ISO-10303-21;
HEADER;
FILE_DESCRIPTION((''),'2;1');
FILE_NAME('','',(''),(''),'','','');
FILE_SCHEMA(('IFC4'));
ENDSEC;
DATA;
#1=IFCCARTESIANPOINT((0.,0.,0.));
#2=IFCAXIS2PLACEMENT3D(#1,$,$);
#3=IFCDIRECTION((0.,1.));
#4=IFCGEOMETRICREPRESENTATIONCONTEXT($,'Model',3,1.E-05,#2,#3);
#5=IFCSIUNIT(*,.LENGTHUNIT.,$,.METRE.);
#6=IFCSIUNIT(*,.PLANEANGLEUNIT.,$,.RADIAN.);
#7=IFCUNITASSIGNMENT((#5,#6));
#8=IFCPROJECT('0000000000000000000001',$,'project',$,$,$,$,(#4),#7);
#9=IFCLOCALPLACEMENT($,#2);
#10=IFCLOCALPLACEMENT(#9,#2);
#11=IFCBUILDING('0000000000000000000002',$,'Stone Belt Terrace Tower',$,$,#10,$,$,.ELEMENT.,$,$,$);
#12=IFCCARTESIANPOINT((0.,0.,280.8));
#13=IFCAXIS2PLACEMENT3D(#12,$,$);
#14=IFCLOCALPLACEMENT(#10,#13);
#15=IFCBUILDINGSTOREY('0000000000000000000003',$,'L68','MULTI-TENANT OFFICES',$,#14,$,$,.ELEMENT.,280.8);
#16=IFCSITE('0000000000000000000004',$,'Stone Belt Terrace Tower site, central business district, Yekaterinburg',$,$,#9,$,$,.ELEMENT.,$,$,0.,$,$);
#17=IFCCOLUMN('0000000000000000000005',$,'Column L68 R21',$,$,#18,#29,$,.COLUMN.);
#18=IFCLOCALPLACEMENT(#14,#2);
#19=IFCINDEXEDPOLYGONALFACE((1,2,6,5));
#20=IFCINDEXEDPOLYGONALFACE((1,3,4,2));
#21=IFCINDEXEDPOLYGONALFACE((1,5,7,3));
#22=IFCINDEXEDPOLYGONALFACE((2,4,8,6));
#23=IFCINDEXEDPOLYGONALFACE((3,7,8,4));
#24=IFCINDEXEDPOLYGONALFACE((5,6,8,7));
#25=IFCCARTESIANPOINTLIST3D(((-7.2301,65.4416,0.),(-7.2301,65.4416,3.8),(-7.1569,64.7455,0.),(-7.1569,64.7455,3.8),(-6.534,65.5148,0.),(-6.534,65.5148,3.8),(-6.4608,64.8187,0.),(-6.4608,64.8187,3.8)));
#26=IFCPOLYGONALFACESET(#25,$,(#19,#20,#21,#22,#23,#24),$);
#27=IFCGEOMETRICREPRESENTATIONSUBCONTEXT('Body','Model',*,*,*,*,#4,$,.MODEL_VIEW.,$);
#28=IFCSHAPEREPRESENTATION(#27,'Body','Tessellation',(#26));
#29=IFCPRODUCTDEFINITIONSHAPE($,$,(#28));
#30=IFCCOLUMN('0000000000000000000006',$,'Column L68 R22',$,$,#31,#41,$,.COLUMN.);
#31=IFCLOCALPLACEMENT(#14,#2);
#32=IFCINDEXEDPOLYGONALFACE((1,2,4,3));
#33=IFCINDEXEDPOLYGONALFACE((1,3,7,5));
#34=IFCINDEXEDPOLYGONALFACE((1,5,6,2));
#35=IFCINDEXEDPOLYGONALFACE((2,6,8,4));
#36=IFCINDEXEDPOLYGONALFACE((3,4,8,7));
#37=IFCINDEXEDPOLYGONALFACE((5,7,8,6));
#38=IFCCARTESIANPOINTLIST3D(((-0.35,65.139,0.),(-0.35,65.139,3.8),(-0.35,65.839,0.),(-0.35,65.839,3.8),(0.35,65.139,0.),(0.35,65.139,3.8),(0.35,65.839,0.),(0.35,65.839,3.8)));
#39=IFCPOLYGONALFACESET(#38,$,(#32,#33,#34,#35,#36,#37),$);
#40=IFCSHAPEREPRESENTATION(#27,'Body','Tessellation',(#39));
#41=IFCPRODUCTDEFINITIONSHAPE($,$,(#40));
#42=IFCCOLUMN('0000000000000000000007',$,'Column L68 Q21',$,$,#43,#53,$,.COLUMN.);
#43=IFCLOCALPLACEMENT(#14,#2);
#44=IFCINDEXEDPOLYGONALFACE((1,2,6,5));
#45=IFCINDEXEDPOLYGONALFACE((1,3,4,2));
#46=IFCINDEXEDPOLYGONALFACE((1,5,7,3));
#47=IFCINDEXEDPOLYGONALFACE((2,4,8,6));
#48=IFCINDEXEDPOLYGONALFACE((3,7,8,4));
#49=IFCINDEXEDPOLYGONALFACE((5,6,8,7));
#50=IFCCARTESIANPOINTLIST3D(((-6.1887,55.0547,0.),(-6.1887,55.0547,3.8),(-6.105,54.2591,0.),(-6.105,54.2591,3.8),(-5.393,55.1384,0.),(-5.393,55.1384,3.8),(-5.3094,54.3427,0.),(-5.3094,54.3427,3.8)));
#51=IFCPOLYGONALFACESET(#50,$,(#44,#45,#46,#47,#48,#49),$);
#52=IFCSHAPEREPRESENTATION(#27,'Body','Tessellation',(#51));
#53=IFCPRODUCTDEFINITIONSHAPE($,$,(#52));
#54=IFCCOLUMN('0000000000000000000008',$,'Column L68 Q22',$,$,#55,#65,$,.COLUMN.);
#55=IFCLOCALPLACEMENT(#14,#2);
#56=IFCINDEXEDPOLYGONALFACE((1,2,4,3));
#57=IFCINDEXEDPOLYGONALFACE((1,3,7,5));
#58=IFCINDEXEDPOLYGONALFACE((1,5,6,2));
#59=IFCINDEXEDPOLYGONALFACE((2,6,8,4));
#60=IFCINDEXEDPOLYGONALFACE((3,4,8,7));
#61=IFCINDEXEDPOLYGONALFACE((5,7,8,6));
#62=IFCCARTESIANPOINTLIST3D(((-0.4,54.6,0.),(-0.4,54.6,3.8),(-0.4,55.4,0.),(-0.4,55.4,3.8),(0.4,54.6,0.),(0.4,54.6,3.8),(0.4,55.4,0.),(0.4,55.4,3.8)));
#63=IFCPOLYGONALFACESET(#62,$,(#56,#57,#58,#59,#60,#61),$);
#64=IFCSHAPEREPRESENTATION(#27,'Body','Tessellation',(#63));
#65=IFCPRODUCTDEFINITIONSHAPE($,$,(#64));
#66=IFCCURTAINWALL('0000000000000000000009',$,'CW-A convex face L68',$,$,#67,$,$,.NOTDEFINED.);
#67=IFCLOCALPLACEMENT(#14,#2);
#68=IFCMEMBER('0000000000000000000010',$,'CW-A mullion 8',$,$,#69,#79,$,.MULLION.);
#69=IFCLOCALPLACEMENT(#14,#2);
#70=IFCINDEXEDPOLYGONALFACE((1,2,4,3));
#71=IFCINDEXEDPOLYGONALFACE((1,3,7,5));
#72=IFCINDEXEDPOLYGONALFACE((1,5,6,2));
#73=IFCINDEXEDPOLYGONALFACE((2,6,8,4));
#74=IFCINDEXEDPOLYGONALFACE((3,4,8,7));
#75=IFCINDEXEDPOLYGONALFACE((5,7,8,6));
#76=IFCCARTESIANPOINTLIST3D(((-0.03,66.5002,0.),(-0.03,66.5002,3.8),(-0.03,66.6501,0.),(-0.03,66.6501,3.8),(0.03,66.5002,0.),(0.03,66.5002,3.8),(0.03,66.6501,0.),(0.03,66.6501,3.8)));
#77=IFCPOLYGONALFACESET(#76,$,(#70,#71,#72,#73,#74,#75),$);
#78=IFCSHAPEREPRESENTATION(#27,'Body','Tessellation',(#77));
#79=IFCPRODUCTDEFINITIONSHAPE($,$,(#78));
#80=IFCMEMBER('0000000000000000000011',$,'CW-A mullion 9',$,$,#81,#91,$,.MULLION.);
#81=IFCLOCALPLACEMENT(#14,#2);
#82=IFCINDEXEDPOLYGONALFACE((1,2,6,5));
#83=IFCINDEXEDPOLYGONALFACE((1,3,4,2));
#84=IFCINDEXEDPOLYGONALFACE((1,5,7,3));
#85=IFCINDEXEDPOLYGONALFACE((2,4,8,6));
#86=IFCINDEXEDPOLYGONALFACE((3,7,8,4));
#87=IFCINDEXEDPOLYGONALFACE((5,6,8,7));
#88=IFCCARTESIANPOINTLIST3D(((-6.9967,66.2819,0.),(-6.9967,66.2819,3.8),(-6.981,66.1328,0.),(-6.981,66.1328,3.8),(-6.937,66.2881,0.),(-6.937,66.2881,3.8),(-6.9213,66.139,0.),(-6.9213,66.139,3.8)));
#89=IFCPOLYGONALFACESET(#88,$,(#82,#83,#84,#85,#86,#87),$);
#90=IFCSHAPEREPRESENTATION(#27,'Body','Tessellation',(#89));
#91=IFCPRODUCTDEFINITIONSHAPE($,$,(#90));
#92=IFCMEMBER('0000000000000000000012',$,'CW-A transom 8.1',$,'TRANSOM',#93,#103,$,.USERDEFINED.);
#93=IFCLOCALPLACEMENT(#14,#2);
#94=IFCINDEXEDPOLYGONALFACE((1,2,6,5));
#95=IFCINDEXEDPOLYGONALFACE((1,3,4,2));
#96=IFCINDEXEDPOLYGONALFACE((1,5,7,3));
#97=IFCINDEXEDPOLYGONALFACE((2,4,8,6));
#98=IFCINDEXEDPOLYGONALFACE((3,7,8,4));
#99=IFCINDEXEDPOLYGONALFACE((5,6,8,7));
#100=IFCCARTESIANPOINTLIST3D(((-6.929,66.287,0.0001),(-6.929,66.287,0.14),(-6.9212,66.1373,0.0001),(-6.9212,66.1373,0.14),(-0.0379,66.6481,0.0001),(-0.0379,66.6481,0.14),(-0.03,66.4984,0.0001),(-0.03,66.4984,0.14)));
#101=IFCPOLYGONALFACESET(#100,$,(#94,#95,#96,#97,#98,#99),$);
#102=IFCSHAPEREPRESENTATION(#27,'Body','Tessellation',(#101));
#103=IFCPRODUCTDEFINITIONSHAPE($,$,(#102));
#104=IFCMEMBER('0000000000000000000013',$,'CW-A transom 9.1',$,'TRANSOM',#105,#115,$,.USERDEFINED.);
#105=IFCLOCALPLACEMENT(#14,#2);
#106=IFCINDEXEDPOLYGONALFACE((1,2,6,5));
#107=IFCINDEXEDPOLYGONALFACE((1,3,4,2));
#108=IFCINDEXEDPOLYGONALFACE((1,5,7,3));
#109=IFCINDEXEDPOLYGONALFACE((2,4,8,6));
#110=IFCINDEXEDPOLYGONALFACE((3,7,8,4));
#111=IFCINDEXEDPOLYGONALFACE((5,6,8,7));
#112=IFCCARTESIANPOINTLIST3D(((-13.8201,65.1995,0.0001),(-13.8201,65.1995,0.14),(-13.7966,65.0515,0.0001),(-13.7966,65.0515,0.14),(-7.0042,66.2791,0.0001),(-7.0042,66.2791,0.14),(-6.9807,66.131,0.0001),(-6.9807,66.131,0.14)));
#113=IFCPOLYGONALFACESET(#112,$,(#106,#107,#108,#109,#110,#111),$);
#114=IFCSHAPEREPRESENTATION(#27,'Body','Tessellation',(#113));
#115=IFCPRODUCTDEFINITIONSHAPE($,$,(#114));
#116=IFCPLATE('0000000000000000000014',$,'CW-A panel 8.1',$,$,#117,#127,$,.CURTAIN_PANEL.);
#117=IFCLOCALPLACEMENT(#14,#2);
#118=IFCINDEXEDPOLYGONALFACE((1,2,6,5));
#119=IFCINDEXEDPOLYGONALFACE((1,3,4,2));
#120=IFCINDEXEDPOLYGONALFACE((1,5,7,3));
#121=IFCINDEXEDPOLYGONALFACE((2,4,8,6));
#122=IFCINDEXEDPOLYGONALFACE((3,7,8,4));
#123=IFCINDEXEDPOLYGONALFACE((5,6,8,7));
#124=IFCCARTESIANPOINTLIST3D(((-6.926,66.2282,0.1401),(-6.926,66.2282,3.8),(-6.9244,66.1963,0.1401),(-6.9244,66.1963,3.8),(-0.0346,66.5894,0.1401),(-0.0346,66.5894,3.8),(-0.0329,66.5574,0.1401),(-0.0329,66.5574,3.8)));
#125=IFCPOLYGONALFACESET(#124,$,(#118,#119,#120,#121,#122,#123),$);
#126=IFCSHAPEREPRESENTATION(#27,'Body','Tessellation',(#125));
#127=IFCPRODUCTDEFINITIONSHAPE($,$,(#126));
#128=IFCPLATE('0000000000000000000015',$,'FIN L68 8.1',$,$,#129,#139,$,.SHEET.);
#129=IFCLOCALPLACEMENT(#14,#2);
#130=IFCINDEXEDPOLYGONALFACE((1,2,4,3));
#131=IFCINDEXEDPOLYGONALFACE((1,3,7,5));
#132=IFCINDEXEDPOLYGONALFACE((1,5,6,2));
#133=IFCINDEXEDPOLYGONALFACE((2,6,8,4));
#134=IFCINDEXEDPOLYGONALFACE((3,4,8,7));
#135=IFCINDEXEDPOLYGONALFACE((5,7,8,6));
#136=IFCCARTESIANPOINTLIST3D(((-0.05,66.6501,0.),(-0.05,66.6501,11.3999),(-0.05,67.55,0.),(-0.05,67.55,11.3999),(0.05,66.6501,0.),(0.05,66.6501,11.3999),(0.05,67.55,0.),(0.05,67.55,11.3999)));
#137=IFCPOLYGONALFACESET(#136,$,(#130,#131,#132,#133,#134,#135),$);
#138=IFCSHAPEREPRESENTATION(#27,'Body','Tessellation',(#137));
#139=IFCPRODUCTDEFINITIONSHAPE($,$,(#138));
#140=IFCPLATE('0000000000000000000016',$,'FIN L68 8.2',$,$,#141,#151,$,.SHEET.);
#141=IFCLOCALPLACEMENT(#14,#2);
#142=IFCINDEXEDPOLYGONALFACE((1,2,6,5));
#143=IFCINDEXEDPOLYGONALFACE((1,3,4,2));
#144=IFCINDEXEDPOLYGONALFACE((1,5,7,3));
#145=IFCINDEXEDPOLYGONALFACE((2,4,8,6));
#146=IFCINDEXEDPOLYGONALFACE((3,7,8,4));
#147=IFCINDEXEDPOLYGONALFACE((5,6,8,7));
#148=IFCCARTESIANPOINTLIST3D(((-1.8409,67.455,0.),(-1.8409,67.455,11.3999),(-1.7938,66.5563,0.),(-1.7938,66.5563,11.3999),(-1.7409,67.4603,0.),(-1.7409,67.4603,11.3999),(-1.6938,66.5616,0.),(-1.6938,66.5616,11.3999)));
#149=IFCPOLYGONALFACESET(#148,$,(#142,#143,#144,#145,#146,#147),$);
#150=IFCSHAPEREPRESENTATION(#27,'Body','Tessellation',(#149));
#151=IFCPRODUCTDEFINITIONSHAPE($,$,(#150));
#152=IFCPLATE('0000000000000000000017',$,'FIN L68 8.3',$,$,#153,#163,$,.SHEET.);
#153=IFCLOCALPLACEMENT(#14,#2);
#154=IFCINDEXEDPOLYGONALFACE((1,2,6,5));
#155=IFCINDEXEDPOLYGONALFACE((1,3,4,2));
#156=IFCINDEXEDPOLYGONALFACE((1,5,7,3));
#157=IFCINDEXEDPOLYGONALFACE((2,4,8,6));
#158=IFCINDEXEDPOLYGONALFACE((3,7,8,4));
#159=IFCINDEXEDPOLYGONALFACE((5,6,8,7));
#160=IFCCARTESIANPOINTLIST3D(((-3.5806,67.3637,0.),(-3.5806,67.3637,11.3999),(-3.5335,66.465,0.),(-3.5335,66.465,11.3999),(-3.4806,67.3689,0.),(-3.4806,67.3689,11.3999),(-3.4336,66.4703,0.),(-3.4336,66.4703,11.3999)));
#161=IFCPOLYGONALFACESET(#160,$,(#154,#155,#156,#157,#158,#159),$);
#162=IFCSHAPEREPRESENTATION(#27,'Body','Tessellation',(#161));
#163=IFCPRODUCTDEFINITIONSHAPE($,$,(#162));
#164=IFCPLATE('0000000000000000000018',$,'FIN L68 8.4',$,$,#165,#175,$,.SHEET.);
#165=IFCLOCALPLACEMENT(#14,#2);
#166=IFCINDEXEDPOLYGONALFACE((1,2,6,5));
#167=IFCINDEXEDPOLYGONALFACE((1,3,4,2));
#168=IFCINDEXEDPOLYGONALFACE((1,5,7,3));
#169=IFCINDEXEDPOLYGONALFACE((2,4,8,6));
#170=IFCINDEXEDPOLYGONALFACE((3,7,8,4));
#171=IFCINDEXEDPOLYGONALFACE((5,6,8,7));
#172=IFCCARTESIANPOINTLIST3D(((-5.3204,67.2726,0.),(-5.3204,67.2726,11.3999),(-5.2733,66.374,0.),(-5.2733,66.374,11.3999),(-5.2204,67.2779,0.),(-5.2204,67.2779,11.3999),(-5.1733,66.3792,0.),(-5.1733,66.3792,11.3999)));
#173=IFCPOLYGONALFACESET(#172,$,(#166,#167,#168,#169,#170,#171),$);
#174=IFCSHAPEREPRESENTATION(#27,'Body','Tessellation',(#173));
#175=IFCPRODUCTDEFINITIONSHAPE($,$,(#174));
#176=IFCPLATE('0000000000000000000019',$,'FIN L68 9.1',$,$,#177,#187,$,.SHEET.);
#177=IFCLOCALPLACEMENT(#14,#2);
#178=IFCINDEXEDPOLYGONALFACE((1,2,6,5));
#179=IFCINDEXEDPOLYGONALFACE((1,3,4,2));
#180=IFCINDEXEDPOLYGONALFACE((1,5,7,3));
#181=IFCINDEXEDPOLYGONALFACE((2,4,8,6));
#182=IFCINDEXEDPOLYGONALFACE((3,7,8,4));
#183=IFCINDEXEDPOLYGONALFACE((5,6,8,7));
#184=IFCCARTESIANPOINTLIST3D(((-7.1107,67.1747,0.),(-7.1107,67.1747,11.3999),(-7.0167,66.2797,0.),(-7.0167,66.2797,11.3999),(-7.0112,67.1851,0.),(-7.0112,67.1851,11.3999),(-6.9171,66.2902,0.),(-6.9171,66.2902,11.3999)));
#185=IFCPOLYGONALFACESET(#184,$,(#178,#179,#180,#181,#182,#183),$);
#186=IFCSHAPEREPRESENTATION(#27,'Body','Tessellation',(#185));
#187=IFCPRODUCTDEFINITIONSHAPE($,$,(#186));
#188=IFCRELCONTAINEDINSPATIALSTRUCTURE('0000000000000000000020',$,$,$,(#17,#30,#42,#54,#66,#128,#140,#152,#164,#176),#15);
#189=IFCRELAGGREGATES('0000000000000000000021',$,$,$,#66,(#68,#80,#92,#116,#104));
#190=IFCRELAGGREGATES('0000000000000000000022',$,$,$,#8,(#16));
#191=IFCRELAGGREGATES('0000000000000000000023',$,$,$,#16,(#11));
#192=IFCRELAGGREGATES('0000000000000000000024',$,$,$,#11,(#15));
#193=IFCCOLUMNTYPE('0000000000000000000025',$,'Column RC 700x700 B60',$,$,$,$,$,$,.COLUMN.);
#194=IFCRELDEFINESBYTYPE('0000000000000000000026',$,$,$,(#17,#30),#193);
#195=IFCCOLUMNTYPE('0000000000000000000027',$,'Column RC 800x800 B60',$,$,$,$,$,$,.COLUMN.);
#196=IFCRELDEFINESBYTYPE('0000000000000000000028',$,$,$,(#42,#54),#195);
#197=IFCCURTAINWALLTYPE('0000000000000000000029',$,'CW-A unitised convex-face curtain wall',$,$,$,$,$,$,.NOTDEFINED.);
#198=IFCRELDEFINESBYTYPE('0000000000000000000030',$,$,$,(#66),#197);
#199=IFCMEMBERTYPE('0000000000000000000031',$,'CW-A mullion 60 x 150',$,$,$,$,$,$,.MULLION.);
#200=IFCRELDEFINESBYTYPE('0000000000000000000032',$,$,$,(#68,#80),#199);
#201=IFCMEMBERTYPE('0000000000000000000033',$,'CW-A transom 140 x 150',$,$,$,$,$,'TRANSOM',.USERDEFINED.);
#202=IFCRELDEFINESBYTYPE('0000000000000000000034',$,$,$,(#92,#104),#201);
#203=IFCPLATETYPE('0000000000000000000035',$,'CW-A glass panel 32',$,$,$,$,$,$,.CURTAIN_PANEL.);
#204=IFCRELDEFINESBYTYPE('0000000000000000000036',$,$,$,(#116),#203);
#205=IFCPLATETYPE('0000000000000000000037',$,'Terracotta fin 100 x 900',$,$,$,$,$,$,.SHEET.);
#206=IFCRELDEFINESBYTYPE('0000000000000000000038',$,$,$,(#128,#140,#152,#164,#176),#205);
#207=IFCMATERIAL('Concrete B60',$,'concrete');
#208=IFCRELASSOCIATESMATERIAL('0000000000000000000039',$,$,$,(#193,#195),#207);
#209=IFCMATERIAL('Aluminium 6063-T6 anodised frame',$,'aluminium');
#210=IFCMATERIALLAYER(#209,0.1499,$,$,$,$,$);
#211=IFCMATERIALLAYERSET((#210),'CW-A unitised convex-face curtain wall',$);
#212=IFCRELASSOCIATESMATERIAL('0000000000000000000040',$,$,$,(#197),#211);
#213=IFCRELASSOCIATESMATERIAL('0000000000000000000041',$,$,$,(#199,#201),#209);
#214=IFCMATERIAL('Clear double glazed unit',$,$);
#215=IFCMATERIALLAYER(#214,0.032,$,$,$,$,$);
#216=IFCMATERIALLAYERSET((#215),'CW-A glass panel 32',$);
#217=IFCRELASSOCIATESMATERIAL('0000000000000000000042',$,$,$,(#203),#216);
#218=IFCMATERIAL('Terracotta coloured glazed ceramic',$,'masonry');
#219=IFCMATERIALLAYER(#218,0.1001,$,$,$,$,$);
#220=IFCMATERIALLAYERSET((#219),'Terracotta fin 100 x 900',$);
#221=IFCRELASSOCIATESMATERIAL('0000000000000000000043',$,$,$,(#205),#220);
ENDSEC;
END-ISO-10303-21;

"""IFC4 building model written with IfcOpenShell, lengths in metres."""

from ifc_helpers import new_model, si_unit, direction, frame, origin, origin_2d, place, context, subcontext, project, spatial, rectangle, extrude, material, layer, layer_set, material_profile, profile_set, type_object, element, aggregate, save


model = new_model("IFC4")

# Units and contexts
model_context = context("Model", 3, precision=1e-05, world=origin(), true_north=direction((0.0, 1.0)))
body_context = subcontext(model_context, "Body", "Model", "MODEL_VIEW")
ifc_project = project(units=[si_unit("LENGTHUNIT", "METRE"), si_unit("PLANEANGLEUNIT", "RADIAN")], contexts=[model_context])

# Site, building, storey
site_placement = place(None, origin())
site = spatial("IfcSite", under=ifc_project, at=site_placement, Name="Stone Belt Terrace Tower site, central business district, Yekaterinburg", CompositionType="ELEMENT", RefElevation=0.0)
building_placement = place(site_placement, origin())
building = spatial("IfcBuilding", under=site, at=building_placement, Name="Stone Belt Terrace Tower", CompositionType="ELEMENT")
storey_placement = place(building_placement, frame((0.0, 0.0, 280.8)))
storey = spatial("IfcBuildingStorey", under=building, at=storey_placement, Name="L68", Description="MULTI-TENANT OFFICES", CompositionType="ELEMENT", Elevation=280.8)

# Columns
ifc_material_1 = material(Name="Concrete B60", Category="concrete")
ifc_material_profile_1 = material_profile(ifc_material_1, rectangle(XDim=0.7, YDim=0.7, at=origin_2d()), Name="RC 700x700")
ifc_profile_set_1 = profile_set([ifc_material_profile_1], Name="Concrete B60")
column_type_1 = type_object("IfcColumnType", Name="Column RC 700x700 B60", PredefinedType="COLUMN", material=ifc_profile_set_1)
for number, where, z_axis, x_axis, name in (
    (1, (-6.8455, 65.1301, 0.0), (0.0, 0.0, 1.0), (0.994522, 0.104528, 0.0), "Column L68 R21"),
    (2, (0.0, 65.489, 0.0), (0.0, 0.0, 1.0), (1.0, 0.0, 0.0), "Column L68 R22"),
):
    element("IfcColumn", number, at=place(storey_placement, frame(where, z_axis=z_axis, x_axis=x_axis)), inside=storey, type_object=column_type_1, Name=name, PredefinedType="COLUMN", context=body_context, shape_type="SweptSolid", body=[
        extrude(rectangle(XDim=0.7, YDim=0.7, at=origin_2d()), origin(), (0.0, 0.0, 1.0), 3.8),
    ])
ifc_material_profile_2 = material_profile(ifc_material_1, rectangle(XDim=0.8, YDim=0.8, at=origin_2d()), Name="RC 800x800")
ifc_profile_set_2 = profile_set([ifc_material_profile_2], Name="Concrete B60")
column_type_2 = type_object("IfcColumnType", Name="Column RC 800x800 B60", PredefinedType="COLUMN", material=ifc_profile_set_2)
for number, where, z_axis, x_axis, name in (
    (3, (-5.749, 54.6987, 0.0), (0.0, 0.0, 1.0), (0.994522, 0.104528, 0.0), "Column L68 Q21"),
    (4, (0.0, 55.0, 0.0), (0.0, 0.0, 1.0), (1.0, 0.0, 0.0), "Column L68 Q22"),
):
    element("IfcColumn", number, at=place(storey_placement, frame(where, z_axis=z_axis, x_axis=x_axis)), inside=storey, type_object=column_type_2, Name=name, PredefinedType="COLUMN", context=body_context, shape_type="SweptSolid", body=[
        extrude(rectangle(XDim=0.8, YDim=0.8, at=origin_2d()), origin(), (0.0, 0.0, 1.0), 3.8),
    ])

# Curtain wall, members, plate
ifc_material_2 = material(Name="Aluminium 6063-T6 anodised frame", Category="aluminium")
ifc_layer_1 = layer(ifc_material_2, 0.1499)
ifc_layer_set_1 = layer_set([ifc_layer_1], Name="CW-A unitised convex-face curtain wall")
curtain_wall_type = type_object("IfcCurtainWallType", Name="CW-A unitised convex-face curtain wall", PredefinedType="NOTDEFINED", material=ifc_layer_set_1)
curtain_wall_placement = place(storey_placement, origin())
curtain_wall = element("IfcCurtainWall", 5, at=curtain_wall_placement, inside=storey, type_object=curtain_wall_type, Name="CW-A convex face L68", PredefinedType="NOTDEFINED")
ifc_material_profile_3 = material_profile(ifc_material_2, rectangle(XDim=0.1499, YDim=0.0601, at=origin_2d()), Name="Aluminium 6063-T6 60x150")
ifc_profile_set_3 = profile_set([ifc_material_profile_3], Name="Aluminium 6063-T6 anodised frame")
member_type_1 = type_object("IfcMemberType", Name="CW-A mullion 60 x 150", PredefinedType="MULLION", material=ifc_profile_set_3)
member_1_placement = place(storey_placement, frame((0.0, 66.5752, 0.0), z_axis=(0.0, 0.0, 1.0), x_axis=(0.0, -1.0, 0.0)))
member_1 = element("IfcMember", 6, at=member_1_placement, type_object=member_type_1, Name="CW-A mullion 8", PredefinedType="MULLION", context=body_context, shape_type="SweptSolid", body=[
    extrude(rectangle(XDim=0.1499, YDim=0.0601, at=origin_2d()), origin(), (0.0, 0.0, 1.0), 3.8),
])
member_2_placement = place(storey_placement, frame((-6.959, 66.2104, 0.0), z_axis=(0.0, 0.0, 1.0), x_axis=(0.104528, -0.994522, 0.0)))
member_2 = element("IfcMember", 7, at=member_2_placement, type_object=member_type_1, Name="CW-A mullion 9", PredefinedType="MULLION", context=body_context, shape_type="SweptSolid", body=[
    extrude(rectangle(XDim=0.1499, YDim=0.0601, at=origin_2d()), origin(), (0.0, 0.0, 1.0), 3.8),
])
ifc_material_profile_4 = material_profile(ifc_material_2, rectangle(XDim=0.1499, YDim=0.1399, at=origin_2d()), Name="Aluminium 6063-T6 150x140")
ifc_profile_set_4 = profile_set([ifc_material_profile_4], Name="Aluminium 6063-T6 anodised frame")
member_type_2 = type_object("IfcMemberType", Name="CW-A transom 140 x 150", ElementType="TRANSOM", PredefinedType="USERDEFINED", material=ifc_profile_set_4)
member_3_placement = place(storey_placement, frame((-0.0339, 66.5732, 0.0701), z_axis=(-0.99863, -0.052327, 0.0), x_axis=(0.052327, -0.99863, 0.0)))
member_3 = element("IfcMember", 8, at=member_3_placement, type_object=member_type_2, Name="CW-A transom 8.1", ObjectType="TRANSOM", PredefinedType="USERDEFINED", context=body_context, shape_type="SweptSolid", body=[
    extrude(rectangle(XDim=0.1499, YDim=0.1399, at=origin_2d()), origin(), (0.0, 0.0, 1.0), 6.9006),
])
member_4_placement = place(storey_placement, frame((-6.9924, 66.2051, 0.0701), z_axis=(-0.987687, -0.156442, 0.0), x_axis=(0.156442, -0.987687, 0.0)))
member_4 = element("IfcMember", 9, at=member_4_placement, type_object=member_type_2, Name="CW-A transom 9.1", ObjectType="TRANSOM", PredefinedType="USERDEFINED", context=body_context, shape_type="SweptSolid", body=[
    extrude(rectangle(XDim=0.1499, YDim=0.1399, at=origin_2d()), origin(), (0.0, 0.0, 1.0), 6.9009),
])
ifc_material_3 = material(Name="Clear double glazed unit")
ifc_layer_2 = layer(ifc_material_3, 0.032)
ifc_layer_set_2 = layer_set([ifc_layer_2], Name="CW-A glass panel 32")
plate_type_1 = type_object("IfcPlateType", Name="CW-A glass panel 32", PredefinedType="CURTAIN_PANEL", material=ifc_layer_set_2)
plate_placement = place(storey_placement, frame((-3.4795, 66.3928, 0.1401), z_axis=(0.0, 0.0, 1.0), x_axis=(-0.99863, -0.052336, 0.0)))
plate = element("IfcPlate", 10, at=plate_placement, type_object=plate_type_1, Name="CW-A panel 8.1", PredefinedType="CURTAIN_PANEL", context=body_context, shape_type="SweptSolid", body=[
    extrude(rectangle(XDim=6.9009, YDim=0.032, at=origin_2d()), origin(), (0.0, 0.0, 1.0), 3.6599),
])
aggregate(curtain_wall, [member_1, member_2, member_3, plate, member_4])

# Plates
ifc_material_4 = material(Name="Terracotta coloured glazed ceramic", Category="masonry")
ifc_layer_3 = layer(ifc_material_4, 0.1001)
ifc_layer_set_3 = layer_set([ifc_layer_3], Name="Terracotta fin 100 x 900")
plate_type_2 = type_object("IfcPlateType", Name="Terracotta fin 100 x 900", PredefinedType="SHEET", material=ifc_layer_set_3)
for number, where, z_axis, x_axis, name in (
    (11, (0.0, 67.1001, 0.0), (0.0, 0.0, 1.0), (0.0, 1.0, 0.0), "FIN L68 8.1"),
    (12, (-1.7673, 67.0083, 0.0), (0.0, 0.0, 1.0), (-0.052336, 0.99863, 0.0), "FIN L68 8.2"),
    (13, (-3.5071, 66.917, 0.0), (0.0, 0.0, 1.0), (-0.052336, 0.99863, 0.0), "FIN L68 8.3"),
    (14, (-5.2468, 66.8259, 0.0), (0.0, 0.0, 1.0), (-0.052336, 0.99863, 0.0), "FIN L68 8.4"),
    (15, (-7.0139, 66.7324, 0.0), (0.0, 0.0, 1.0), (-0.104528, 0.994522, 0.0), "FIN L68 9.1"),
):
    element("IfcPlate", number, at=place(storey_placement, frame(where, z_axis=z_axis, x_axis=x_axis)), inside=storey, type_object=plate_type_2, Name=name, PredefinedType="SHEET", context=body_context, shape_type="SweptSolid", body=[
        extrude(rectangle(XDim=0.8999, YDim=0.1001, at=origin_2d()), origin(), (0.0, 0.0, 1.0), 11.3999),
    ])

save(model, "model.ifc")
